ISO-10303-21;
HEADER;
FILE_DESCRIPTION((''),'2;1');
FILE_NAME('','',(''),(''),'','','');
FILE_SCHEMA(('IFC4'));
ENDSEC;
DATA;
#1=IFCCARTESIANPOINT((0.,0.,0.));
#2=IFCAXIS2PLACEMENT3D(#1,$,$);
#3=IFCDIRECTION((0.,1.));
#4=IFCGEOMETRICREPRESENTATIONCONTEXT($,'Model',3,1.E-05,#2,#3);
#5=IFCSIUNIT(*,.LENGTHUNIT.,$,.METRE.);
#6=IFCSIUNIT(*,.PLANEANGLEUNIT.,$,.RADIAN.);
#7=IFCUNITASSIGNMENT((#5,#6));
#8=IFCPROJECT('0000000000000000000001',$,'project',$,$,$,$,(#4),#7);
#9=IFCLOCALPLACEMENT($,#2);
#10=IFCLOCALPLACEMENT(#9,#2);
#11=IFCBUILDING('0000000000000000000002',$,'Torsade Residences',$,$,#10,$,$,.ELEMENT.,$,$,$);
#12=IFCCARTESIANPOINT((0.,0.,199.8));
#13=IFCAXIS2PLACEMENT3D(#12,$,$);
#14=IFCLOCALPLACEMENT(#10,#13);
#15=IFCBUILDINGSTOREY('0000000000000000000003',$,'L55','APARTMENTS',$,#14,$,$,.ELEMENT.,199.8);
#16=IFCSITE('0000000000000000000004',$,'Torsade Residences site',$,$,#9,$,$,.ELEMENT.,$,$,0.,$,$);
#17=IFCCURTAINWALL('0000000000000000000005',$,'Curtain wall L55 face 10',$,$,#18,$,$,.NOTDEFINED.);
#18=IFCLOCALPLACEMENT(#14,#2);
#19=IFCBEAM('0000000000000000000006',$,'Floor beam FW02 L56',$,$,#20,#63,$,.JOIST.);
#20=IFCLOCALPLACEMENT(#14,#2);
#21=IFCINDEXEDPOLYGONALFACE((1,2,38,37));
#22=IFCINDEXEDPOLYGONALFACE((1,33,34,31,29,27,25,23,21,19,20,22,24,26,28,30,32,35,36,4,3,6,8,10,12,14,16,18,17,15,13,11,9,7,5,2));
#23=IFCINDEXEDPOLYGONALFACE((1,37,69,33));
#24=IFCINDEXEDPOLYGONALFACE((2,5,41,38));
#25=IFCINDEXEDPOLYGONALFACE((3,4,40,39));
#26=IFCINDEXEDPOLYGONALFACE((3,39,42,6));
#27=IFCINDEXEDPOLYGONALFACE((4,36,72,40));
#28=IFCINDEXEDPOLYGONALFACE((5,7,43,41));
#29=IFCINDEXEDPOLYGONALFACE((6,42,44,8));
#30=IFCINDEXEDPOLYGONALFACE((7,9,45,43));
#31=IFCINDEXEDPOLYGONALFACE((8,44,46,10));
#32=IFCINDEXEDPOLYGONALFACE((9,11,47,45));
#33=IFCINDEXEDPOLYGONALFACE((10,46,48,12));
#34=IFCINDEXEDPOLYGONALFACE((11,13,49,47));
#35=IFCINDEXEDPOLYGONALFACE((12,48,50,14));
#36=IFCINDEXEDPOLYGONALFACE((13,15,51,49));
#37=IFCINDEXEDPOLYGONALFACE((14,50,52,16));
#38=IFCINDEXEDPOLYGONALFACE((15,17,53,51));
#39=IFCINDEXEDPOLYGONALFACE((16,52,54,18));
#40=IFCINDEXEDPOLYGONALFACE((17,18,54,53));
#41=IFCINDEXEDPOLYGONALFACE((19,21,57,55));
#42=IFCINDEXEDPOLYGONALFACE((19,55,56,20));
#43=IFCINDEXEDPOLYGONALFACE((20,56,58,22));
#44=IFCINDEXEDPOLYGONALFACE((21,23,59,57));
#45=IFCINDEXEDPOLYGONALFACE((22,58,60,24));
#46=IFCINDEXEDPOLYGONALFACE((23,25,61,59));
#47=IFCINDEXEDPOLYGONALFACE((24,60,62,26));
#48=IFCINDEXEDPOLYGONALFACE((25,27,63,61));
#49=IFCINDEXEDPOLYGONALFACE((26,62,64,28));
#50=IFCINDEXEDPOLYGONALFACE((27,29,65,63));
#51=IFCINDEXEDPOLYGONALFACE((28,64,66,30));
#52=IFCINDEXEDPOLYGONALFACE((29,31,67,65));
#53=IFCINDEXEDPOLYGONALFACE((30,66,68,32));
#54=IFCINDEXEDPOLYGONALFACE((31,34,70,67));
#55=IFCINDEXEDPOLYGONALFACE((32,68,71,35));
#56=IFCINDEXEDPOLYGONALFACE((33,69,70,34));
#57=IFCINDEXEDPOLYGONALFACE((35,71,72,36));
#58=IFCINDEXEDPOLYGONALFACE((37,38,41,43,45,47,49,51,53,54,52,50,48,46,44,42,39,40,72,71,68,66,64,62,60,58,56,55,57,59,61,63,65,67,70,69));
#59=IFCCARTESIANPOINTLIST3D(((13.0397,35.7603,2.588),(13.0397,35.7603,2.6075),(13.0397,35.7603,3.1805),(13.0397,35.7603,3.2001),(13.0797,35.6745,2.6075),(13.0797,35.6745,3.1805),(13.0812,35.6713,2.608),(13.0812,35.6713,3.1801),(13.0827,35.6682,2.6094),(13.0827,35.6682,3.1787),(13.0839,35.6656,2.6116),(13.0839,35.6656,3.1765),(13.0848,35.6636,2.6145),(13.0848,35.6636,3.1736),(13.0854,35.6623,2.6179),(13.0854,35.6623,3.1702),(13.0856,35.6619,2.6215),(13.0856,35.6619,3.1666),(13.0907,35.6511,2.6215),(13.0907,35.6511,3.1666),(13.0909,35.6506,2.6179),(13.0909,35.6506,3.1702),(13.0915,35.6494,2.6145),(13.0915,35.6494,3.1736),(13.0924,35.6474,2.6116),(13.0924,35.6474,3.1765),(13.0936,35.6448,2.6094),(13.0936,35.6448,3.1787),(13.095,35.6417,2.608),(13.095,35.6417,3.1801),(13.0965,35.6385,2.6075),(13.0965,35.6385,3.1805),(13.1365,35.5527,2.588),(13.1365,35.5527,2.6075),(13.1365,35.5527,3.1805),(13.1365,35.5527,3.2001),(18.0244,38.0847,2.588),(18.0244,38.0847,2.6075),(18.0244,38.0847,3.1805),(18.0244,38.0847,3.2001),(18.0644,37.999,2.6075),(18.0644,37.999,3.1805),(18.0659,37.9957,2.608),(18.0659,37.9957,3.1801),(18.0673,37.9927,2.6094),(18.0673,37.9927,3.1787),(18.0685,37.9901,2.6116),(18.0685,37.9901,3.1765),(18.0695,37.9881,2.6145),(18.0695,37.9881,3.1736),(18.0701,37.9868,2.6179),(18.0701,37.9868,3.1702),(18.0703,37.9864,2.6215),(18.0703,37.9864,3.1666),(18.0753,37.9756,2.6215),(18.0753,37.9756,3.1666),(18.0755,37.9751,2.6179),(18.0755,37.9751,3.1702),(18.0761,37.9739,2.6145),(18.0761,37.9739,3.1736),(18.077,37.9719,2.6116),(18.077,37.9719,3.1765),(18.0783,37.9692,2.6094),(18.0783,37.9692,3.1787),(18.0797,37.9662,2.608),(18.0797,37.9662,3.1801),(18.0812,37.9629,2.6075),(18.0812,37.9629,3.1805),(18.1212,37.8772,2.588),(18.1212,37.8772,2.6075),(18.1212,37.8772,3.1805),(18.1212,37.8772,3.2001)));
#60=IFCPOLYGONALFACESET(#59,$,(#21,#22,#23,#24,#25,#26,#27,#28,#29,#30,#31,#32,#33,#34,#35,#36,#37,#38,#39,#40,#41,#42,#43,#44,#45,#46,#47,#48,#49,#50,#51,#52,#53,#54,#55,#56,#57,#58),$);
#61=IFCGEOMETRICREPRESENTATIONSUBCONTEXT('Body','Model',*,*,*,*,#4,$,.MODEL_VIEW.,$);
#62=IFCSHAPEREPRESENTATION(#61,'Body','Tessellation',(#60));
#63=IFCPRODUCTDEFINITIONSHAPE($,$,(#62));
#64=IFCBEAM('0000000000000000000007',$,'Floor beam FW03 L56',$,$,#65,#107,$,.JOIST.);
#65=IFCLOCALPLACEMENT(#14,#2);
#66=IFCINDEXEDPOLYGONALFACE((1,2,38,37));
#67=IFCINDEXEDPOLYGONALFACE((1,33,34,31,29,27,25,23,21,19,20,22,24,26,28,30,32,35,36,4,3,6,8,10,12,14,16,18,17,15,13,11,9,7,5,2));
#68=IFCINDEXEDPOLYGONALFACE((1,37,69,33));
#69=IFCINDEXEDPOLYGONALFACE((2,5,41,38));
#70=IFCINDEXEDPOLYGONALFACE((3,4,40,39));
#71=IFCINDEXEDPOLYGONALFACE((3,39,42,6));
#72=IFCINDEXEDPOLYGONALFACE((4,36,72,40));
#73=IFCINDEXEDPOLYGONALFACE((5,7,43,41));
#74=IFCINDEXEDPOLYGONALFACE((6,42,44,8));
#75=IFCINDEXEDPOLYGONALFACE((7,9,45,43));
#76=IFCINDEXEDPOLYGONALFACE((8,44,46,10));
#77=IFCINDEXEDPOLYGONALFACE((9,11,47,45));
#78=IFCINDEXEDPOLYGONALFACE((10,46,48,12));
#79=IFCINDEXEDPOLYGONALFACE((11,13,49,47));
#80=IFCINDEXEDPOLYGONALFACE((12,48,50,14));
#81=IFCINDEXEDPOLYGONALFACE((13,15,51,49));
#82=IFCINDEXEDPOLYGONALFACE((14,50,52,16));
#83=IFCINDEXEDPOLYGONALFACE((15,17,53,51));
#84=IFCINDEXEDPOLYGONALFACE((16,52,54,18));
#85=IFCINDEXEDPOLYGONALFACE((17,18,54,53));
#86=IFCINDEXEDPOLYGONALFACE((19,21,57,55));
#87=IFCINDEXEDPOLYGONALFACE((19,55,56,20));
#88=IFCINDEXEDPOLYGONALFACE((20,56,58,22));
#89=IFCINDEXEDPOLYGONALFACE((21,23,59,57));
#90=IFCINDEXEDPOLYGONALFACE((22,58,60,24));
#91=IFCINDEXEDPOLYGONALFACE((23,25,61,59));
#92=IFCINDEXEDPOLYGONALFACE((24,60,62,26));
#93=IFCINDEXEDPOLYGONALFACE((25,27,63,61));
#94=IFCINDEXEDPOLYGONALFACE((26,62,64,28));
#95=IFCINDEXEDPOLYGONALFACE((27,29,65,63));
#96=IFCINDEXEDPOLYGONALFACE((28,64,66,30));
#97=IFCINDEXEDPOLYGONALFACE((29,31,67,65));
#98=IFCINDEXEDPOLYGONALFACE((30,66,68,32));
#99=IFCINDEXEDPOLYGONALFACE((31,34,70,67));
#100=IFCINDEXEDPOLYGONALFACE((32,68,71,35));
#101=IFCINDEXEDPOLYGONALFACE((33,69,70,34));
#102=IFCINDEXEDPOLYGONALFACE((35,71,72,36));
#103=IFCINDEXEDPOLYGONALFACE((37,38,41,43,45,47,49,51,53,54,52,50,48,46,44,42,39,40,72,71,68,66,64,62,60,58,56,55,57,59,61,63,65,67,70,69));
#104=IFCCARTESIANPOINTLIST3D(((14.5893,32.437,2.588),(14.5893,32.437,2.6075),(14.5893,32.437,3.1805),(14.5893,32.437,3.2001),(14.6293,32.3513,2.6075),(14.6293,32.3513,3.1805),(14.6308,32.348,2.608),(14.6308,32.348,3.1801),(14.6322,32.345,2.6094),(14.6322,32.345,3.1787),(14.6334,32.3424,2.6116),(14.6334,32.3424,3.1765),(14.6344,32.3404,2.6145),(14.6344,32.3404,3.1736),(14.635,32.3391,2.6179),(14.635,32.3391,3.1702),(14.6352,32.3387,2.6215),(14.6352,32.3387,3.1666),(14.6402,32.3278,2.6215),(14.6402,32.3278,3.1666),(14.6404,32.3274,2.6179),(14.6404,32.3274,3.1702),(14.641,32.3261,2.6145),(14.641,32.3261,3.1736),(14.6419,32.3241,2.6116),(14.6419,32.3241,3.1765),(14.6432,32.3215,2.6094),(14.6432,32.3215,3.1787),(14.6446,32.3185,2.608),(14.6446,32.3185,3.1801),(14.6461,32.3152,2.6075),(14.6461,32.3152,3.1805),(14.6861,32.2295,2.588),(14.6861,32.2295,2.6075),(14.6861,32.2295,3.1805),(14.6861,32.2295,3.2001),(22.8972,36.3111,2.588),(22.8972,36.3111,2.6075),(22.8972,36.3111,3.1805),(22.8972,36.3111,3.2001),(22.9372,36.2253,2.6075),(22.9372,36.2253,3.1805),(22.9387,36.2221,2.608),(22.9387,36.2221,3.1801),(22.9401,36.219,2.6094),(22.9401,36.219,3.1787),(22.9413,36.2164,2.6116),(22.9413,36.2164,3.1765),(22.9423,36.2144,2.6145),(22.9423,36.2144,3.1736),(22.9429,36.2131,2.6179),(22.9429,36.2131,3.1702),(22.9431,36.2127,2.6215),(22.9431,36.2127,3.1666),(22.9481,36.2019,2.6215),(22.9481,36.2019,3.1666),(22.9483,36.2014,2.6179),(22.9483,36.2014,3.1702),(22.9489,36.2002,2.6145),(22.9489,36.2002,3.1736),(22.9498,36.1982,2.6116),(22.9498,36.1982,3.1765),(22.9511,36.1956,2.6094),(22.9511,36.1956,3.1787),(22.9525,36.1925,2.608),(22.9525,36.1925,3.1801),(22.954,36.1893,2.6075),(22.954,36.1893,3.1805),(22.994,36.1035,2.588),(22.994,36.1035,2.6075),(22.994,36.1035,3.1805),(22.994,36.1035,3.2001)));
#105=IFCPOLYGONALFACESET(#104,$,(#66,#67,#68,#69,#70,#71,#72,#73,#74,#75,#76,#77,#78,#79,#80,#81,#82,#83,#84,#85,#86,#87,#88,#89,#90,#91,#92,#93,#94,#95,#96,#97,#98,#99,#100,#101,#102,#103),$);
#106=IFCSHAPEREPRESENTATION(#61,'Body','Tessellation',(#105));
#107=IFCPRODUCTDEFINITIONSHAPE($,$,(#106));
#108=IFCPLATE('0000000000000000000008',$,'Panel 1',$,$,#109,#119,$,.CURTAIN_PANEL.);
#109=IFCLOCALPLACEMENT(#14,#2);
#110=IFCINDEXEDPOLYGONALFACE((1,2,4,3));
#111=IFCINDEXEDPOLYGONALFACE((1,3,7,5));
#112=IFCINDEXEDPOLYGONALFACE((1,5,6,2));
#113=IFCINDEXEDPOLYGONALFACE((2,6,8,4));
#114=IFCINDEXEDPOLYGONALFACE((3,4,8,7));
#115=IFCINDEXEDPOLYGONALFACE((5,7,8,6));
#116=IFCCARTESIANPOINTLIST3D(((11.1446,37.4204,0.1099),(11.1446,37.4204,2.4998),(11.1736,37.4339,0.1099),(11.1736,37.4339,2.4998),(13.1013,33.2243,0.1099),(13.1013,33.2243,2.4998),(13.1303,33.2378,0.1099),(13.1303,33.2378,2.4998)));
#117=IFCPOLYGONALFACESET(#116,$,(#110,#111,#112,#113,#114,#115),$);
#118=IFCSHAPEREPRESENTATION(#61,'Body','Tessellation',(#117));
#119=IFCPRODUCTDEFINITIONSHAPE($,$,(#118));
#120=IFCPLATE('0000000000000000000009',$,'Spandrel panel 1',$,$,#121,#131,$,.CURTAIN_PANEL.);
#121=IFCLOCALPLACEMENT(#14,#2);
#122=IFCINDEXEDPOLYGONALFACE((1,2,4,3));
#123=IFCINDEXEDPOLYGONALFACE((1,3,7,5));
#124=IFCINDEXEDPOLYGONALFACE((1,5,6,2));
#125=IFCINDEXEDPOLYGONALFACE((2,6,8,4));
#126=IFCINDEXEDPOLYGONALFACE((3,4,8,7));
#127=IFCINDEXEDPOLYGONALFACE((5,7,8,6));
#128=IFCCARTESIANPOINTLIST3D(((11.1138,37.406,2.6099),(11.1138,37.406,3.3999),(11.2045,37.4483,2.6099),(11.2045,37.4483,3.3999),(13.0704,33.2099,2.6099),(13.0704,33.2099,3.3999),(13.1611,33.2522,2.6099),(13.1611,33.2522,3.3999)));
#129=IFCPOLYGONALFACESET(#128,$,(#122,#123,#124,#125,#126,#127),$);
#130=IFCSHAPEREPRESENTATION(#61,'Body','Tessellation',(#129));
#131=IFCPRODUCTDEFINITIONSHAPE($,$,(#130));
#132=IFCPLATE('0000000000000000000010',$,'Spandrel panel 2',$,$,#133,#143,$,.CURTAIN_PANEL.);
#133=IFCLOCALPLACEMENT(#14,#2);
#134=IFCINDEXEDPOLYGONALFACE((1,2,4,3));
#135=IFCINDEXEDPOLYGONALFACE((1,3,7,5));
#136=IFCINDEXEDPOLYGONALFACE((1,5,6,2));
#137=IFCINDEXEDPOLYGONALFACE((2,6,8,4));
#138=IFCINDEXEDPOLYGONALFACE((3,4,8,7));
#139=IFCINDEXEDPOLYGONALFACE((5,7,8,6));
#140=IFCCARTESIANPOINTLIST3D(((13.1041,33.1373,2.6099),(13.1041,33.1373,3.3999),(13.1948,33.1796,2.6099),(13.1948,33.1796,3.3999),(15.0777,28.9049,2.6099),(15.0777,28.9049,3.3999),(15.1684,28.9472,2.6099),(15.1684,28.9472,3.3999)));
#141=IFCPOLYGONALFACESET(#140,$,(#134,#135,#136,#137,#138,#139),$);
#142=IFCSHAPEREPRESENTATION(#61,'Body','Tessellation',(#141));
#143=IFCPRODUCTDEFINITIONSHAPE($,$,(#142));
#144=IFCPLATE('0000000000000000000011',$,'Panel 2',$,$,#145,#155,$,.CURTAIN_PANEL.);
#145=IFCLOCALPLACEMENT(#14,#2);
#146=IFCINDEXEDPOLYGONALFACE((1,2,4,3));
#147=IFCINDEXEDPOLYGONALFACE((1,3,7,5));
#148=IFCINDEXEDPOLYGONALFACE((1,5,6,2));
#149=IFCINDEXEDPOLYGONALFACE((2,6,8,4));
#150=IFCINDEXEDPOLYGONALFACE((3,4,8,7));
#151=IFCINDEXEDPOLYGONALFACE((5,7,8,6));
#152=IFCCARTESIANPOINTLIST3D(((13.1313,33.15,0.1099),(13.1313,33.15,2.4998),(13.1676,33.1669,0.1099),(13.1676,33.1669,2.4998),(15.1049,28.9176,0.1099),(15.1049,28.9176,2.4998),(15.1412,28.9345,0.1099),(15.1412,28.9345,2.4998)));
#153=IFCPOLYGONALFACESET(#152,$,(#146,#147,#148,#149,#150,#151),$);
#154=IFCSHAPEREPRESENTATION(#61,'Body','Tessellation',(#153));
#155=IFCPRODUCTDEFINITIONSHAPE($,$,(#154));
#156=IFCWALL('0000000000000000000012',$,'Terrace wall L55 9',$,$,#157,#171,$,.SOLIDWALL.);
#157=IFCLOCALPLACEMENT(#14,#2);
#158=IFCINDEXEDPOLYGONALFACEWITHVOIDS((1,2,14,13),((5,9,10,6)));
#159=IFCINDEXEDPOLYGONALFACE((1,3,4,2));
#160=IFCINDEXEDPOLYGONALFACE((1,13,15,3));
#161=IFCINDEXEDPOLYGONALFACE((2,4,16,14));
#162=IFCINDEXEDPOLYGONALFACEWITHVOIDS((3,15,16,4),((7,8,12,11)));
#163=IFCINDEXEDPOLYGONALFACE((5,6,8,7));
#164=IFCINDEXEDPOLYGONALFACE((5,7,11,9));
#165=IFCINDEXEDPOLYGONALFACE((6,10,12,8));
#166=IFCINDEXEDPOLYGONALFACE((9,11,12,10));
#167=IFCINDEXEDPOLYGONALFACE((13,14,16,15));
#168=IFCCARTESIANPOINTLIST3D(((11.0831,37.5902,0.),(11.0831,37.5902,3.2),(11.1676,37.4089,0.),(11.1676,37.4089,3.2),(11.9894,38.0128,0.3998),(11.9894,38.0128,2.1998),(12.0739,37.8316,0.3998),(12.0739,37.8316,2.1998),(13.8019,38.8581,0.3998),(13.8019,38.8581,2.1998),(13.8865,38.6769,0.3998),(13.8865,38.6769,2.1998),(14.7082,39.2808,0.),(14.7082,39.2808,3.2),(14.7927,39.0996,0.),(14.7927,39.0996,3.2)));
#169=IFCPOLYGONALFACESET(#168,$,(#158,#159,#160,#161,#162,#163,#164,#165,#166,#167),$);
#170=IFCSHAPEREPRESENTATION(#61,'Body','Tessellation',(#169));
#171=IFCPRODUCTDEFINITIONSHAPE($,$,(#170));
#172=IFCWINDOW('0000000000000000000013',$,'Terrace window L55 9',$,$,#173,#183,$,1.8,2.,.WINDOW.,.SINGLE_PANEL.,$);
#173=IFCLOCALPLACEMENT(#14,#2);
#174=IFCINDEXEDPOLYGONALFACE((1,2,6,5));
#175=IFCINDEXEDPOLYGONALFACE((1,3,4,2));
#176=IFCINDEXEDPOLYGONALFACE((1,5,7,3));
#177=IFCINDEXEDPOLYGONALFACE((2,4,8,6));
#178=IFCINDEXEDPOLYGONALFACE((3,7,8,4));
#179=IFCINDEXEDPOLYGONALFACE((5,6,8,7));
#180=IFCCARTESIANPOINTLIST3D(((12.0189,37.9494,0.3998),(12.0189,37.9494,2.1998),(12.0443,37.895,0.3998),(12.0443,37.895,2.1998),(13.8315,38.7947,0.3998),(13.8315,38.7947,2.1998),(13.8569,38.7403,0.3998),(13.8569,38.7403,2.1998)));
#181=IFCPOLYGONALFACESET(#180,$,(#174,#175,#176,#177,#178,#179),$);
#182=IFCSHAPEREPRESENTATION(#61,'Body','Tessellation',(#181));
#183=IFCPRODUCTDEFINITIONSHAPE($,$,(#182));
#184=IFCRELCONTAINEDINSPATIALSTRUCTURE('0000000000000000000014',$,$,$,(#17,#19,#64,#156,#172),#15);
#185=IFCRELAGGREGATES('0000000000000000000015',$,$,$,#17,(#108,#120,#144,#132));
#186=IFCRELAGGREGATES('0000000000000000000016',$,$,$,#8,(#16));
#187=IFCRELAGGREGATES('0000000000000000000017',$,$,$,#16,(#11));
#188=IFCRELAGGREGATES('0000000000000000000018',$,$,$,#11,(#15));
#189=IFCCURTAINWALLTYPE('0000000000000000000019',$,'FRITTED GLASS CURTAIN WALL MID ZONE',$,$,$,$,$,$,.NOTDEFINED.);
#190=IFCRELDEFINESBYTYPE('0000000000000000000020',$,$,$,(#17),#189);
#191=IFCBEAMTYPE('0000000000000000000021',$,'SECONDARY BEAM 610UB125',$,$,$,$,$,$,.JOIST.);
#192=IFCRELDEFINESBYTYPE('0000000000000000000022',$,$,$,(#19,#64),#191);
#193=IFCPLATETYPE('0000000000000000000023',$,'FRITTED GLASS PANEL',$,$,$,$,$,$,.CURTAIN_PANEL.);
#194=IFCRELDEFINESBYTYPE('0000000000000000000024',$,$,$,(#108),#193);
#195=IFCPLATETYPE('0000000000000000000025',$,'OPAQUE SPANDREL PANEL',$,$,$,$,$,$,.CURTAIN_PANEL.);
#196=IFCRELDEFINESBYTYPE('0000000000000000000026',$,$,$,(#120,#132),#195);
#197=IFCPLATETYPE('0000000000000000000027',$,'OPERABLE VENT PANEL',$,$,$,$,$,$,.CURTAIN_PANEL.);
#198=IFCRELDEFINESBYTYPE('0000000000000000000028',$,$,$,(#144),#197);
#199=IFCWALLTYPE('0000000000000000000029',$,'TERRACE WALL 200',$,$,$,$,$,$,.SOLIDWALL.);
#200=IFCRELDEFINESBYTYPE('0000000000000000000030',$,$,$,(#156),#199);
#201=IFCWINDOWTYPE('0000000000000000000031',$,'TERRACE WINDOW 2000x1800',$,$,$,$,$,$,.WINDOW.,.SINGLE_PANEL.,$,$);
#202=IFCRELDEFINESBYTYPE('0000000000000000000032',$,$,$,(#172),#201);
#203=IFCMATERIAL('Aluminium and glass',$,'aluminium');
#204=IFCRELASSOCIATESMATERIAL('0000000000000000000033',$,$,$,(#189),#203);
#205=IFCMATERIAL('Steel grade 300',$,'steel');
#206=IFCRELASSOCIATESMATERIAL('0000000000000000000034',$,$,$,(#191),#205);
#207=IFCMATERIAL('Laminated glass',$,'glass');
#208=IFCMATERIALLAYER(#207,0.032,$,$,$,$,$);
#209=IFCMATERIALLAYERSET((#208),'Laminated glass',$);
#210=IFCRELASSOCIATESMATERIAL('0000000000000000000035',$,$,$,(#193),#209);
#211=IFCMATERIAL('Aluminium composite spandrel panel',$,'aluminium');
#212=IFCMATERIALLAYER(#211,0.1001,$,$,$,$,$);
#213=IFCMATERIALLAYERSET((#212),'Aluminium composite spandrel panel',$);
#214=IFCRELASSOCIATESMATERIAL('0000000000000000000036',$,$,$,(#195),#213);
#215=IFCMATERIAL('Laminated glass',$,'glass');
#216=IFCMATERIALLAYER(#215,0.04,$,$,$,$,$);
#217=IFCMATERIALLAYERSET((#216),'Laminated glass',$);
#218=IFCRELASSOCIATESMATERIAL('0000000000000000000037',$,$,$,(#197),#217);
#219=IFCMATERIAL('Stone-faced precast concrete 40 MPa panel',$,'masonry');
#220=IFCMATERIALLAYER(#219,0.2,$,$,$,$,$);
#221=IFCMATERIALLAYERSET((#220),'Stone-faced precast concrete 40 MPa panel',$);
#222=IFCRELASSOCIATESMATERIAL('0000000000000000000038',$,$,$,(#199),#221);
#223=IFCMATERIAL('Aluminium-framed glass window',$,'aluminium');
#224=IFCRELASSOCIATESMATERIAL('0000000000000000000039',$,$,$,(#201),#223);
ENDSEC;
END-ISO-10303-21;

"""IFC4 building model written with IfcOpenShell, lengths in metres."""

from ifc_helpers import new_model, si_unit, direction, frame, frame_2d, origin, origin_2d, place, context, subcontext, project, spatial, rectangle, i_section, extrude, material, layer, layer_set, material_profile, profile_set, type_object, element, fill, aggregate, save


model = new_model("IFC4")

# Units and contexts
model_context = context("Model", 3, precision=1e-05, world=origin(), true_north=direction((0.0, 1.0)))
body_context = subcontext(model_context, "Body", "Model", "MODEL_VIEW")
ifc_project = project(units=[si_unit("LENGTHUNIT", "METRE"), si_unit("PLANEANGLEUNIT", "RADIAN")], contexts=[model_context])

# Site, building, storey
site_placement = place(None, origin())
site = spatial("IfcSite", under=ifc_project, at=site_placement, Name="Torsade Residences site", CompositionType="ELEMENT", RefElevation=0.0)
building_placement = place(site_placement, origin())
building = spatial("IfcBuilding", under=site, at=building_placement, Name="Torsade Residences", CompositionType="ELEMENT")
storey_placement = place(building_placement, frame((0.0, 0.0, 199.8)))
storey = spatial("IfcBuildingStorey", under=building, at=storey_placement, Name="L55", Description="APARTMENTS", CompositionType="ELEMENT", Elevation=199.8)

# Curtain wall
ifc_material_1 = material(Name="Aluminium and glass", Category="aluminium")
curtain_wall_type = type_object("IfcCurtainWallType", Name="FRITTED GLASS CURTAIN WALL MID ZONE", PredefinedType="NOTDEFINED", material=ifc_material_1)
curtain_wall_placement = place(storey_placement, origin())
curtain_wall = element("IfcCurtainWall", 1, at=curtain_wall_placement, inside=storey, type_object=curtain_wall_type, Name="Curtain wall L55 face 10", PredefinedType="NOTDEFINED")

# Beams
ifc_material_2 = material(Name="Steel grade 300", Category="steel")
ifc_material_profile_1 = material_profile(ifc_material_2, i_section(OverallWidth=0.229, OverallDepth=0.6121, WebThickness=0.012, FlangeThickness=0.0195, FilletRadius=0.0139, at=origin_2d()), Name="610UB125")
ifc_profile_set_1 = profile_set([ifc_material_profile_1], Name="Steel grade 300")
beam_type_1 = type_object("IfcBeamType", Name="SECONDARY BEAM 610UB125", PredefinedType="JOIST", material=ifc_profile_set_1)
beam_1_placement = place(storey_placement, frame((13.0881, 35.6565, 2.894), z_axis=(0.906301, 0.422633, 0.0), x_axis=(-0.422633, 0.906301, 0.0)))
element("IfcBeam", 2, at=beam_1_placement, inside=storey, type_object=beam_type_1, Name="Floor beam FW02 L56", PredefinedType="JOIST", context=body_context, shape_type="SweptSolid", body=[
    extrude(i_section(OverallWidth=0.229, OverallDepth=0.6121, WebThickness=0.012, FlangeThickness=0.0195, FilletRadius=0.0139, at=origin_2d()), origin(), (0.0, 0.0, 1.0), 5.5),
])
beam_2_placement = place(storey_placement, frame((14.6377, 32.3333, 2.894), z_axis=(0.906308, 0.422619, 0.0), x_axis=(-0.422619, 0.906308, 0.0)))
element("IfcBeam", 3, at=beam_2_placement, inside=storey, type_object=beam_type_1, Name="Floor beam FW03 L56", PredefinedType="JOIST", context=body_context, shape_type="SweptSolid", body=[
    extrude(i_section(OverallWidth=0.229, OverallDepth=0.6121, WebThickness=0.012, FlangeThickness=0.0195, FilletRadius=0.0139, at=origin_2d()), origin(), (0.0, 0.0, 1.0), 9.1667),
])

# Plates
ifc_material_3 = material(Name="Laminated glass", Category="glass")
ifc_layer_1 = layer(ifc_material_3, 0.032)
ifc_layer_set_1 = layer_set([ifc_layer_1], Name="Laminated glass")
plate_type_1 = type_object("IfcPlateType", Name="FRITTED GLASS PANEL", PredefinedType="CURTAIN_PANEL", material=ifc_layer_set_1)
plate_1_placement = place(storey_placement, frame((12.1375, 35.3291, 0.1099), z_axis=(0.0, 0.0, 1.0), x_axis=(0.422618, -0.906308, 0.0)))
plate_1 = element("IfcPlate", 4, at=plate_1_placement, type_object=plate_type_1, Name="Panel 1", PredefinedType="CURTAIN_PANEL", context=body_context, shape_type="SweptSolid", body=[
    extrude(rectangle(XDim=4.6299, YDim=0.032, at=origin_2d()), origin(), (0.0, 0.0, 1.0), 2.3899),
])
ifc_material_4 = material(Name="Aluminium composite spandrel panel", Category="aluminium")
ifc_layer_2 = layer(ifc_material_4, 0.1001)
ifc_layer_set_2 = layer_set([ifc_layer_2], Name="Aluminium composite spandrel panel")
plate_type_2 = type_object("IfcPlateType", Name="OPAQUE SPANDREL PANEL", PredefinedType="CURTAIN_PANEL", material=ifc_layer_set_2)
plate_2_placement = place(storey_placement, frame((12.1375, 35.3291, 2.6099), z_axis=(0.0, 0.0, 1.0), x_axis=(0.422618, -0.906308, 0.0)))
plate_2 = element("IfcPlate", 5, at=plate_2_placement, type_object=plate_type_2, Name="Spandrel panel 1", PredefinedType="CURTAIN_PANEL", context=body_context, shape_type="SweptSolid", body=[
    extrude(rectangle(XDim=4.6299, YDim=0.1001, at=origin_2d()), origin(), (0.0, 0.0, 1.0), 0.79),
])
plate_3_placement = place(storey_placement, frame((14.1362, 31.0422, 2.6099), z_axis=(0.0, 0.0, 1.0), x_axis=(0.422618, -0.906308, 0.0)))
plate_3 = element("IfcPlate", 6, at=plate_3_placement, type_object=plate_type_2, Name="Spandrel panel 2", PredefinedType="CURTAIN_PANEL", context=body_context, shape_type="SweptSolid", body=[
    extrude(rectangle(XDim=4.6699, YDim=0.1001, at=origin_2d()), origin(), (0.0, 0.0, 1.0), 0.79),
])
ifc_material_5 = material(Name="Laminated glass", Category="glass")
ifc_layer_3 = layer(ifc_material_5, 0.04)
ifc_layer_set_3 = layer_set([ifc_layer_3], Name="Laminated glass")
plate_type_3 = type_object("IfcPlateType", Name="OPERABLE VENT PANEL", PredefinedType="CURTAIN_PANEL", material=ifc_layer_set_3)
plate_4_placement = place(storey_placement, frame((14.1362, 31.0422, 0.1099), z_axis=(0.0, 0.0, 1.0), x_axis=(0.422618, -0.906308, 0.0)))
plate_4 = element("IfcPlate", 7, at=plate_4_placement, type_object=plate_type_3, Name="Panel 2", PredefinedType="CURTAIN_PANEL", context=body_context, shape_type="SweptSolid", body=[
    extrude(rectangle(XDim=4.6699, YDim=0.04, at=origin_2d()), origin(), (0.0, 0.0, 1.0), 2.3899),
])
aggregate(curtain_wall, [plate_1, plate_2, plate_4, plate_3])

# Wall, opening, window
ifc_material_6 = material(Name="Stone-faced precast concrete 40 MPa panel", Category="masonry")
ifc_layer_4 = layer(ifc_material_6, 0.2)
ifc_layer_set_4 = layer_set([ifc_layer_4], Name="Stone-faced precast concrete 40 MPa panel")
wall_type = type_object("IfcWallType", Name="TERRACE WALL 200", PredefinedType="SOLIDWALL", material=ifc_layer_set_4)
wall_placement = place(storey_placement, frame((14.7505, 39.1902, 0.0), z_axis=(0.0, 0.0, 1.0), x_axis=(-0.906289, -0.422658, 0.0)))
wall = element("IfcWall", 8, at=wall_placement, inside=storey, type_object=wall_type, Name="Terrace wall L55 9", PredefinedType="SOLIDWALL", context=body_context, shape_type="SweptSolid", body=[
    extrude(rectangle(XDim=4.0, YDim=0.2, at=frame_2d((2.0, 0.0))), origin(), (0.0, 0.0, 1.0), 3.2),
])
opening_placement = place(wall_placement, frame((1.0, 0.0, 0.3999)))
opening = element("IfcOpeningElement", 9, at=opening_placement, cuts=wall, PredefinedType="OPENING", context=body_context, shape_type="SweptSolid", body=[
    extrude(rectangle(XDim=2.0, YDim=1.8, at=frame_2d((1.0, 0.8999))), frame((0.0, 0.1099, 0.0), z_axis=(0.0, -1.0, 0.0), x_axis=(1.0, 0.0, 0.0)), (0.0, 0.0, 1.0), 0.22),
])
ifc_material_7 = material(Name="Aluminium-framed glass window", Category="aluminium")
window_type = type_object("IfcWindowType", Name="TERRACE WINDOW 2000x1800", PartitioningType="SINGLE_PANEL", PredefinedType="WINDOW", material=ifc_material_7)
window_placement = place(opening_placement, origin())
window = element("IfcWindow", 10, at=window_placement, inside=storey, type_object=window_type, Name="Terrace window L55 9", OverallHeight=1.8, OverallWidth=2.0, PartitioningType="SINGLE_PANEL", PredefinedType="WINDOW", context=body_context, shape_type="SweptSolid", body=[
    extrude(rectangle(XDim=2.0, YDim=1.8, at=frame_2d((1.0, 0.8999))), frame((0.0, 0.03, 0.0), z_axis=(0.0, -1.0, 0.0), x_axis=(1.0, 0.0, 0.0)), (0.0, 0.0, 1.0), 0.0601),
])
fill(opening, window)

save(model, "model.ifc")
